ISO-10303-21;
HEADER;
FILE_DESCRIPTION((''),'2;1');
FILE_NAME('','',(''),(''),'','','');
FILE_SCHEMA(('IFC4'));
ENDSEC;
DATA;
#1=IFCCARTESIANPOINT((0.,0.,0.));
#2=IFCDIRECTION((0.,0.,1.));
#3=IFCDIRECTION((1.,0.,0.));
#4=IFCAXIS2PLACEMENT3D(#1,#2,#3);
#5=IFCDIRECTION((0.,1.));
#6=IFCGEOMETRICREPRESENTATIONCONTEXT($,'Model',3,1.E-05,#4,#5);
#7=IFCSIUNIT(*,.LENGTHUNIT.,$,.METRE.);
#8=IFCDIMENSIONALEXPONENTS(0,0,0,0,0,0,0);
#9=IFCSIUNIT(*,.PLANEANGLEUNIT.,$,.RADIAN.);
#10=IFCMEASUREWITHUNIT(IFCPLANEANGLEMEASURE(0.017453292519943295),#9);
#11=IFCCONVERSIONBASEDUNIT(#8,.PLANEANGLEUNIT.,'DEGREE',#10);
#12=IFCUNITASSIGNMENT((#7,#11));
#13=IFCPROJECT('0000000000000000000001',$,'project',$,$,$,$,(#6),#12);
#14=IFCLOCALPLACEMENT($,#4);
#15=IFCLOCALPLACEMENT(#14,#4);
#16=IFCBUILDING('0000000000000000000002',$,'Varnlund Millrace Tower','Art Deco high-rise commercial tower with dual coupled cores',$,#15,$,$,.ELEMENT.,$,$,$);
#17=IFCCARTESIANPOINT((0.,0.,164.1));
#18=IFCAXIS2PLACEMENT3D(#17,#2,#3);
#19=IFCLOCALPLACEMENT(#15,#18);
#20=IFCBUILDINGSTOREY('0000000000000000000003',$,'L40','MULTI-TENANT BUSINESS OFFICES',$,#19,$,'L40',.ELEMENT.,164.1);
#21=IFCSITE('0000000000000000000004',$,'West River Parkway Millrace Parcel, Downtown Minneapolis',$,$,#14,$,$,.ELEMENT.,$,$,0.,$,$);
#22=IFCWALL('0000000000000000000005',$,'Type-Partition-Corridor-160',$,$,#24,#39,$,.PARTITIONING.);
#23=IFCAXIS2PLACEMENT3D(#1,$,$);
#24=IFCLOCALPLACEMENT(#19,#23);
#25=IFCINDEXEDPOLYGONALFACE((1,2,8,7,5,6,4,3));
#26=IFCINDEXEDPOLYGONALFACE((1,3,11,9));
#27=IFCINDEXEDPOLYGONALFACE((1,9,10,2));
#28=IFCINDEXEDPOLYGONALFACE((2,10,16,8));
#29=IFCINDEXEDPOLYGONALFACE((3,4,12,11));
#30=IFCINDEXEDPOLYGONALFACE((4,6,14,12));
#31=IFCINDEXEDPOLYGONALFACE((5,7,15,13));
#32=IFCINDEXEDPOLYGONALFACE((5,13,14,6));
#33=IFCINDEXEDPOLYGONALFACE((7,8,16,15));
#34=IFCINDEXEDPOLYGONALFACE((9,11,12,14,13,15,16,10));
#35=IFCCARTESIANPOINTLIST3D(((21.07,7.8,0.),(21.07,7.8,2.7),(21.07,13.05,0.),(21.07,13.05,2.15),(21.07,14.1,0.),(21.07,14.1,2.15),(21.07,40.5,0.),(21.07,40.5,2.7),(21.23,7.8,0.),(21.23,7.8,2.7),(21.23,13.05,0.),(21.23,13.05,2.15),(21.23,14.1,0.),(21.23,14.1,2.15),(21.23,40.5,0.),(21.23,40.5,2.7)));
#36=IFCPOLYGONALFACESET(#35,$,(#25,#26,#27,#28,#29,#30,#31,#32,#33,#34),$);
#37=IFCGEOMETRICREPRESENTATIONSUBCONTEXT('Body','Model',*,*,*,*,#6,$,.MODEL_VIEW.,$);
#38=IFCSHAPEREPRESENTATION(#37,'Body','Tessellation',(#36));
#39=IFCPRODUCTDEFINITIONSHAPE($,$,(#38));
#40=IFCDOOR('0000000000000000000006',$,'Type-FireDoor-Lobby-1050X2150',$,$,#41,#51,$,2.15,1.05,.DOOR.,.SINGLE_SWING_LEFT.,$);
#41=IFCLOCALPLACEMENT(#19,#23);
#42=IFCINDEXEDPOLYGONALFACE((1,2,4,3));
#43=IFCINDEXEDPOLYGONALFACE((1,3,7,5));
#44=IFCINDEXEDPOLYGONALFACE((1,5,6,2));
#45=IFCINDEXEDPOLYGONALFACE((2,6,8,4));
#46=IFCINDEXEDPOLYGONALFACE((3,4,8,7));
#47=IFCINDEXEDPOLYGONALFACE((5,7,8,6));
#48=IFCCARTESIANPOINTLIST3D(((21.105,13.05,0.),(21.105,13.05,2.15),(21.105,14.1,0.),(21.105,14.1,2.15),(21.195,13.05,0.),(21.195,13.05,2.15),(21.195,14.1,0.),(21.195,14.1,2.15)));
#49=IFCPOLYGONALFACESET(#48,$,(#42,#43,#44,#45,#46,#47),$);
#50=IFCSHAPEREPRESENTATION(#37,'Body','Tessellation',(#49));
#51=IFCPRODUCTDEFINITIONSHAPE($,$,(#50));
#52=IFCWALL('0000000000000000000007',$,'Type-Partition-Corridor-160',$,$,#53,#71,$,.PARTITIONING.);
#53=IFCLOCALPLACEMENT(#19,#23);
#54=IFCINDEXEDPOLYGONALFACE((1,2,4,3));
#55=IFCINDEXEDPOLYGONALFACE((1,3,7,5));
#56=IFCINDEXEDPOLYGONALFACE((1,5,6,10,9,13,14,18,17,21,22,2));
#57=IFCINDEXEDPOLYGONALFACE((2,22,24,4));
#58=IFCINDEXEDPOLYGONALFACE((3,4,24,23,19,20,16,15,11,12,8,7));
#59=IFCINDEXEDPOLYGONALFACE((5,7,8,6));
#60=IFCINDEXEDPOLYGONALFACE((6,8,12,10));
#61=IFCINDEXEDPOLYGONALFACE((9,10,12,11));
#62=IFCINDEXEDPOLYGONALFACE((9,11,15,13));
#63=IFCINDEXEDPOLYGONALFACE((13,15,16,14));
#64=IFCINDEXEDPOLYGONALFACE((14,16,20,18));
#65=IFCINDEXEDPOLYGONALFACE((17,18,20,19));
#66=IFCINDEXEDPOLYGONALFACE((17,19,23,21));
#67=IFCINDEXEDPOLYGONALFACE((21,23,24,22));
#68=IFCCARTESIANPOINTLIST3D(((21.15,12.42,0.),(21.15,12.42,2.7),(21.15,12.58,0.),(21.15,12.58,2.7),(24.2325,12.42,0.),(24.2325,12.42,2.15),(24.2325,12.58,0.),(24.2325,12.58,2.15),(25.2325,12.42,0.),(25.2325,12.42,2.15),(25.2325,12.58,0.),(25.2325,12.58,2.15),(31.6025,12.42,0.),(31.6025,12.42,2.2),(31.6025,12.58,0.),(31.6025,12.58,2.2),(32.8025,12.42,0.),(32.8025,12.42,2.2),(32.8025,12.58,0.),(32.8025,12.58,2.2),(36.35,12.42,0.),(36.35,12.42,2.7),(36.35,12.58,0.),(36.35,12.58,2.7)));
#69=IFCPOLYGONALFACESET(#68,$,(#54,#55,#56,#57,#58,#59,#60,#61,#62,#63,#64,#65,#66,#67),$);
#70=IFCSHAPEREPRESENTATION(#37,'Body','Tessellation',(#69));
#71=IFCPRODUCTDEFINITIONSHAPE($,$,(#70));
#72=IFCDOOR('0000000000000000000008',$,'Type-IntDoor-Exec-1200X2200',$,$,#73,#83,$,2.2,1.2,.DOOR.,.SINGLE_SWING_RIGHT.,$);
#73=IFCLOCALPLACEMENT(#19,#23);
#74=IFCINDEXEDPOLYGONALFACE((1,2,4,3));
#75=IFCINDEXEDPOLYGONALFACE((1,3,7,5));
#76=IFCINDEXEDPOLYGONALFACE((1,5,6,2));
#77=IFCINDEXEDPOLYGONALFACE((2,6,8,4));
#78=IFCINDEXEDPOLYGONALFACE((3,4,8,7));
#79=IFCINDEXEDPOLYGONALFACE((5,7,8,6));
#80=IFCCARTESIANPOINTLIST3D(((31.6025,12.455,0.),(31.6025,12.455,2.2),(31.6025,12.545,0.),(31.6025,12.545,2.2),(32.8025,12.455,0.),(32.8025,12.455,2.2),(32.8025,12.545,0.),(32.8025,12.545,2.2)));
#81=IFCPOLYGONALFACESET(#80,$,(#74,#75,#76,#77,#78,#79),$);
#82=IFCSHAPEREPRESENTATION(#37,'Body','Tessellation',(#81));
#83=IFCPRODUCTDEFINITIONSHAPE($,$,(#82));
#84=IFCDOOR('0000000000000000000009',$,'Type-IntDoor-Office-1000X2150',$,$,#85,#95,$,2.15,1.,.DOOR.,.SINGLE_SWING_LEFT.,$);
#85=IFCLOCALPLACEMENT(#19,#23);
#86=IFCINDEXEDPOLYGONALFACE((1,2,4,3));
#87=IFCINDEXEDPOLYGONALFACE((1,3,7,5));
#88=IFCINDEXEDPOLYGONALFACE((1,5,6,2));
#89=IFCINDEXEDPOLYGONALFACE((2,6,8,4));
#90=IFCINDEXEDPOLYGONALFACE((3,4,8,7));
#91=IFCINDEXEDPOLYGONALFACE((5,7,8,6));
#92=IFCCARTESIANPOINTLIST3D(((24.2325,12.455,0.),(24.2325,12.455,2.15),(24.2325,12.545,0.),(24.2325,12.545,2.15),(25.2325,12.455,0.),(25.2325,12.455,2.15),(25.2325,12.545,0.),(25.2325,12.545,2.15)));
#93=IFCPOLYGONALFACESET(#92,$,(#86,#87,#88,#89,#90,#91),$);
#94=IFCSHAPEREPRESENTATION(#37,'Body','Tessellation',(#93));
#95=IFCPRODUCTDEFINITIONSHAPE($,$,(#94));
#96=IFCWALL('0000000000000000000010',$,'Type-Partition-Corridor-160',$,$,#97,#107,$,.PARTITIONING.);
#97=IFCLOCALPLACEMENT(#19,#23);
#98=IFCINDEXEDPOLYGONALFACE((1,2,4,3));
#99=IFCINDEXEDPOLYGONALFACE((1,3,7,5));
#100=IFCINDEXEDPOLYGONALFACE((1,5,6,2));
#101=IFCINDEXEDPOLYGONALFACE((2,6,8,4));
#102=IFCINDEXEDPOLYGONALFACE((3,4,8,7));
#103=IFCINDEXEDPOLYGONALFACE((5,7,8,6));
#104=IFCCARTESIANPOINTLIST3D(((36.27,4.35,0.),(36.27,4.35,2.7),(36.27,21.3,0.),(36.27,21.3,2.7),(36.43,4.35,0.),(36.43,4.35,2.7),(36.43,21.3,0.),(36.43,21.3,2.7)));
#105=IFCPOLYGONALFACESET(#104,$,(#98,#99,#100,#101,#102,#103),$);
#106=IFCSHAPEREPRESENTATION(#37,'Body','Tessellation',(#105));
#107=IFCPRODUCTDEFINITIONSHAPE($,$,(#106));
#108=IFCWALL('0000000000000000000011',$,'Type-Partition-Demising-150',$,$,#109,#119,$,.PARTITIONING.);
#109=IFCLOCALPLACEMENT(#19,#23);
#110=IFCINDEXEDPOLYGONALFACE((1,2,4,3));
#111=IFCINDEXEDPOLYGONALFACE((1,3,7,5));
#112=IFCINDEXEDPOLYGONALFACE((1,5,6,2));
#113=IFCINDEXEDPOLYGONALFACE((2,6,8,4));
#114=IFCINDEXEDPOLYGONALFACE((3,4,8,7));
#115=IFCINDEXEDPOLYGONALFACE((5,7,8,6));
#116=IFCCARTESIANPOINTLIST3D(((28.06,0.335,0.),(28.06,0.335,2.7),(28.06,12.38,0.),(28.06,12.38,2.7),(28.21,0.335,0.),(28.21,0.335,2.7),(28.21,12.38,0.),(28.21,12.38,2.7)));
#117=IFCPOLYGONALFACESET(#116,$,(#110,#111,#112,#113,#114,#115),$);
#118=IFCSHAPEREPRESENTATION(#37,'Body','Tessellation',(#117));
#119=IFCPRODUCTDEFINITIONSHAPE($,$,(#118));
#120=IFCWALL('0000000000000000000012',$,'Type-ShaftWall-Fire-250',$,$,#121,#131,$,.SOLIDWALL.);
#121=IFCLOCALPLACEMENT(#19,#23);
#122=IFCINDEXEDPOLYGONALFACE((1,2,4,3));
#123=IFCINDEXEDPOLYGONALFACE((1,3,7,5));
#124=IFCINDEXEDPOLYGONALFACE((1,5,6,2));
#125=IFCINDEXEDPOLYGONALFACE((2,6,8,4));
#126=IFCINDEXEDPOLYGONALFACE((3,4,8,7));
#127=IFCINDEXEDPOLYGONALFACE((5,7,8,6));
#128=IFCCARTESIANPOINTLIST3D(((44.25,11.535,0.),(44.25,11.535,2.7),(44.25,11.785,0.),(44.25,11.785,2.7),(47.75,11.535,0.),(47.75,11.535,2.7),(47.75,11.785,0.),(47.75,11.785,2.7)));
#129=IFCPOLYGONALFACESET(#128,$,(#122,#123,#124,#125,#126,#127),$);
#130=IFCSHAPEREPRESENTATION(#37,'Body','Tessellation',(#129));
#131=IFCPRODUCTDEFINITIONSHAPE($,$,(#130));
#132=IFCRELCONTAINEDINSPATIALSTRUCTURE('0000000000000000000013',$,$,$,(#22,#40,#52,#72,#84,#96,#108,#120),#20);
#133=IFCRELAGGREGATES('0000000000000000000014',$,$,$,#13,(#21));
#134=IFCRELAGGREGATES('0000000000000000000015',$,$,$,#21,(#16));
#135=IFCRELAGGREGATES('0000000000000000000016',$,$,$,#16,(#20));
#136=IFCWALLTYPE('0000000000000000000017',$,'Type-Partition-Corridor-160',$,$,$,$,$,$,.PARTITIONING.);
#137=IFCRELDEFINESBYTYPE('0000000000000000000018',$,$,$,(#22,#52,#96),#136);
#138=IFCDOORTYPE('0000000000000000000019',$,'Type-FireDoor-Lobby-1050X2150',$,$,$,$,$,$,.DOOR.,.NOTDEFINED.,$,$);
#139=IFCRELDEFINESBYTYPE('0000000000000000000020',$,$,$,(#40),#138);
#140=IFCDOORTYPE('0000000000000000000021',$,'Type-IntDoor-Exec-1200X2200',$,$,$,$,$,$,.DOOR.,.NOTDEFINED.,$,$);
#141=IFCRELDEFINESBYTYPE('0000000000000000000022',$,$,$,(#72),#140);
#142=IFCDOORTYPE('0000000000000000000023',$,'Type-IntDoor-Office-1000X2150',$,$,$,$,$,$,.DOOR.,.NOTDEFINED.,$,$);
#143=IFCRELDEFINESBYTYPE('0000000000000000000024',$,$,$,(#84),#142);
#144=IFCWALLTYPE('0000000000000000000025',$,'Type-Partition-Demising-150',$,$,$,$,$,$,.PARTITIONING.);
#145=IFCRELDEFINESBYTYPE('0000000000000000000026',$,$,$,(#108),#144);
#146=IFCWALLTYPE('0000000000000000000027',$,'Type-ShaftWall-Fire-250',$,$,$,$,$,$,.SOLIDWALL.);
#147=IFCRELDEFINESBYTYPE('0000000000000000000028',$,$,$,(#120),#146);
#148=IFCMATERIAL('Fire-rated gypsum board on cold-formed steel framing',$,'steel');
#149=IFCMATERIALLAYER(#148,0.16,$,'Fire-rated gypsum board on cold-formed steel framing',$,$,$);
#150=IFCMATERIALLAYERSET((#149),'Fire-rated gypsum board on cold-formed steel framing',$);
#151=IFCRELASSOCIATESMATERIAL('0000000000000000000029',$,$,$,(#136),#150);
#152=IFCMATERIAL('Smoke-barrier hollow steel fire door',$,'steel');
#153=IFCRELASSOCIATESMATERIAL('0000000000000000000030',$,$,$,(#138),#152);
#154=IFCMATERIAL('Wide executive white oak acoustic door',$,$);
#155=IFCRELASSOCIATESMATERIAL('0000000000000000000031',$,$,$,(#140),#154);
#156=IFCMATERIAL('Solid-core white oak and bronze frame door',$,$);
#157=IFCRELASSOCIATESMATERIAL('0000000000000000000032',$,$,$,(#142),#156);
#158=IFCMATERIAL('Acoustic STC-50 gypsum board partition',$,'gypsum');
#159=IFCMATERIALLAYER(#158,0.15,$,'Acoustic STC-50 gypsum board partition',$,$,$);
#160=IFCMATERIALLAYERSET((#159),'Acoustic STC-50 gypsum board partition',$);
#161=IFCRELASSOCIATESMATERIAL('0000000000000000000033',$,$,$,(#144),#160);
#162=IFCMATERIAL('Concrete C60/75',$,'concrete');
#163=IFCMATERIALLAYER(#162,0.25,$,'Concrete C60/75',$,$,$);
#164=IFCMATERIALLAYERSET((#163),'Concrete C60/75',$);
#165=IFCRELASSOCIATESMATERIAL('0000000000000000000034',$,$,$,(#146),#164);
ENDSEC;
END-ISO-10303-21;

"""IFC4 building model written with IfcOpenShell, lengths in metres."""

from ifc_helpers import new_model, entity, si_unit, converted_unit, direction, frame, origin_with_axes, origin_2d_with_axis, place, context, subcontext, project, spatial, polyline, rectangle, outline, extrude, material, layer, layer_set, type_object, element, fill, save


model = new_model("IFC4")

# Units and contexts
model_context = context("Model", 3, precision=1e-05, world=origin_with_axes(), true_north=direction((0.0, 1.0)))
body_context = subcontext(model_context, "Body", "Model", "MODEL_VIEW")
ifc_project = project(units=[si_unit("LENGTHUNIT", "METRE"), converted_unit("PLANEANGLEUNIT", "DEGREE", entity("IfcPlaneAngleMeasure", 0.017453292519943295), si_unit("PLANEANGLEUNIT", "RADIAN"), dimensions=[0, 0, 0, 0, 0, 0, 0])], contexts=[model_context])

# Site, building, storey
site_placement = place(None, origin_with_axes())
site = spatial("IfcSite", under=ifc_project, at=site_placement, Name="West River Parkway Millrace Parcel, Downtown Minneapolis", CompositionType="ELEMENT", RefElevation=0.0)
building_placement = place(site_placement, origin_with_axes())
building = spatial("IfcBuilding", under=site, at=building_placement, Name="Varnlund Millrace Tower", Description="Art Deco high-rise commercial tower with dual coupled cores", CompositionType="ELEMENT")
storey_placement = place(building_placement, frame((0.0, 0.0, 164.1), z_axis=(0.0, 0.0, 1.0), x_axis=(1.0, 0.0, 0.0)))
storey = spatial("IfcBuildingStorey", under=building, at=storey_placement, Name="L40", Description="MULTI-TENANT BUSINESS OFFICES", LongName="L40", CompositionType="ELEMENT", Elevation=164.1)

# Wall, opening, door
ifc_material_1 = material(Name="Fire-rated gypsum board on cold-formed steel framing", Category="steel")
ifc_layer_1 = layer(ifc_material_1, 0.16, Name="Fire-rated gypsum board on cold-formed steel framing")
ifc_layer_set_1 = layer_set([ifc_layer_1], Name="Fire-rated gypsum board on cold-formed steel framing")
wall_type_1 = type_object("IfcWallType", Name="Type-Partition-Corridor-160", PredefinedType="PARTITIONING", material=ifc_layer_set_1)
wall_1_placement = place(storey_placement, frame((21.15, 7.8, 0.0), z_axis=(0.0, 0.0, 1.0), x_axis=(0.0, 1.0, 0.0)))
wall_1 = element("IfcWall", 1, at=wall_1_placement, inside=storey, type_object=wall_type_1, Name="Type-Partition-Corridor-160", PredefinedType="PARTITIONING", context=body_context, shape_type="SweptSolid", body=[
    extrude(outline(polyline([(0.0, -0.08), (32.7, -0.08), (32.7, 0.08), (0.0, 0.08), (0.0, -0.08)])), origin_with_axes(), (0.0, 0.0, 1.0), 2.7),
])
opening_1_placement = place(wall_1_placement, frame((5.775, 0.0, 0.0), z_axis=(0.0, 0.0, 1.0), x_axis=(1.0, 0.0, 0.0)))
opening_1 = element("IfcOpeningElement", 2, at=opening_1_placement, cuts=wall_1, PredefinedType="OPENING", context=body_context, shape_type="SweptSolid", body=[
    extrude(rectangle(XDim=1.05, YDim=0.18, at=origin_2d_with_axis()), origin_with_axes(), (0.0, 0.0, 1.0), 2.15),
])
ifc_material_2 = material(Name="Smoke-barrier hollow steel fire door", Category="steel")
door_type_1 = type_object("IfcDoorType", Name="Type-FireDoor-Lobby-1050X2150", OperationType="NOTDEFINED", PredefinedType="DOOR", material=ifc_material_2)
door_1_placement = place(wall_1_placement, frame((5.775, 0.0, 0.0), z_axis=(0.0, 0.0, 1.0), x_axis=(1.0, 0.0, 0.0)))
door_1 = element("IfcDoor", 3, at=door_1_placement, inside=storey, type_object=door_type_1, Name="Type-FireDoor-Lobby-1050X2150", OperationType="SINGLE_SWING_LEFT", OverallHeight=2.15, OverallWidth=1.05, PredefinedType="DOOR", context=body_context, shape_type="SweptSolid", body=[
    extrude(rectangle(XDim=1.05, YDim=0.09, at=origin_2d_with_axis()), origin_with_axes(), (0.0, 0.0, 1.0), 2.15),
])
fill(opening_1, door_1)

# Wall, openings, doors
wall_2_placement = place(storey_placement, frame((21.15, 12.5, 0.0), z_axis=(0.0, 0.0, 1.0), x_axis=(1.0, 0.0, 0.0)))
wall_2 = element("IfcWall", 4, at=wall_2_placement, inside=storey, type_object=wall_type_1, Name="Type-Partition-Corridor-160", PredefinedType="PARTITIONING", context=body_context, shape_type="SweptSolid", body=[
    extrude(outline(polyline([(0.0, -0.08), (15.2, -0.08), (15.2, 0.08), (0.0, 0.08), (0.0, -0.08)])), origin_with_axes(), (0.0, 0.0, 1.0), 2.7),
])
opening_2_placement = place(wall_2_placement, frame((3.5825, 0.0, 0.0), z_axis=(0.0, 0.0, 1.0), x_axis=(1.0, 0.0, 0.0)))
opening_2 = element("IfcOpeningElement", 5, at=opening_2_placement, cuts=wall_2, PredefinedType="OPENING", context=body_context, shape_type="SweptSolid", body=[
    extrude(rectangle(XDim=1.0, YDim=0.18, at=origin_2d_with_axis()), origin_with_axes(), (0.0, 0.0, 1.0), 2.15),
])
opening_3_placement = place(wall_2_placement, frame((11.0525, 0.0, 0.0), z_axis=(0.0, 0.0, 1.0), x_axis=(1.0, 0.0, 0.0)))
opening_3 = element("IfcOpeningElement", 6, at=opening_3_placement, cuts=wall_2, PredefinedType="OPENING", context=body_context, shape_type="SweptSolid", body=[
    extrude(rectangle(XDim=1.2, YDim=0.18, at=origin_2d_with_axis()), origin_with_axes(), (0.0, 0.0, 1.0), 2.2),
])
ifc_material_3 = material(Name="Wide executive white oak acoustic door")
door_type_2 = type_object("IfcDoorType", Name="Type-IntDoor-Exec-1200X2200", OperationType="NOTDEFINED", PredefinedType="DOOR", material=ifc_material_3)
door_2_placement = place(wall_2_placement, frame((11.0525, 0.0, 0.0), z_axis=(0.0, 0.0, 1.0), x_axis=(1.0, 0.0, 0.0)))
door_2 = element("IfcDoor", 7, at=door_2_placement, inside=storey, type_object=door_type_2, Name="Type-IntDoor-Exec-1200X2200", OperationType="SINGLE_SWING_RIGHT", OverallHeight=2.2, OverallWidth=1.2, PredefinedType="DOOR", context=body_context, shape_type="SweptSolid", body=[
    extrude(rectangle(XDim=1.2, YDim=0.09, at=origin_2d_with_axis()), origin_with_axes(), (0.0, 0.0, 1.0), 2.2),
])
fill(opening_3, door_2)
ifc_material_4 = material(Name="Solid-core white oak and bronze frame door")
door_type_3 = type_object("IfcDoorType", Name="Type-IntDoor-Office-1000X2150", OperationType="NOTDEFINED", PredefinedType="DOOR", material=ifc_material_4)
door_3_placement = place(wall_2_placement, frame((3.5825, 0.0, 0.0), z_axis=(0.0, 0.0, 1.0), x_axis=(1.0, 0.0, 0.0)))
door_3 = element("IfcDoor", 8, at=door_3_placement, inside=storey, type_object=door_type_3, Name="Type-IntDoor-Office-1000X2150", OperationType="SINGLE_SWING_LEFT", OverallHeight=2.15, OverallWidth=1.0, PredefinedType="DOOR", context=body_context, shape_type="SweptSolid", body=[
    extrude(rectangle(XDim=1.0, YDim=0.09, at=origin_2d_with_axis()), origin_with_axes(), (0.0, 0.0, 1.0), 2.15),
])
fill(opening_2, door_3)

# Walls
wall_3_placement = place(storey_placement, frame((36.35, 4.35, 0.0), z_axis=(0.0, 0.0, 1.0), x_axis=(0.0, 1.0, 0.0)))
element("IfcWall", 9, at=wall_3_placement, inside=storey, type_object=wall_type_1, Name="Type-Partition-Corridor-160", PredefinedType="PARTITIONING", context=body_context, shape_type="SweptSolid", body=[
    extrude(outline(polyline([(0.0, -0.08), (16.95, -0.08), (16.95, 0.08), (0.0, 0.08), (0.0, -0.08)])), origin_with_axes(), (0.0, 0.0, 1.0), 2.7),
])
ifc_material_5 = material(Name="Acoustic STC-50 gypsum board partition", Category="gypsum")
ifc_layer_2 = layer(ifc_material_5, 0.15, Name="Acoustic STC-50 gypsum board partition")
ifc_layer_set_2 = layer_set([ifc_layer_2], Name="Acoustic STC-50 gypsum board partition")
wall_type_2 = type_object("IfcWallType", Name="Type-Partition-Demising-150", PredefinedType="PARTITIONING", material=ifc_layer_set_2)
wall_4_placement = place(storey_placement, frame((28.135, 0.335, 0.0), z_axis=(0.0, 0.0, 1.0), x_axis=(0.0, 1.0, 0.0)))
element("IfcWall", 10, at=wall_4_placement, inside=storey, type_object=wall_type_2, Name="Type-Partition-Demising-150", PredefinedType="PARTITIONING", context=body_context, shape_type="SweptSolid", body=[
    extrude(outline(polyline([(0.0, -0.075), (12.045, -0.075), (12.045, 0.075), (0.0, 0.075), (0.0, -0.075)])), origin_with_axes(), (0.0, 0.0, 1.0), 2.7),
])
ifc_material_6 = material(Name="Concrete C60/75", Category="concrete")
ifc_layer_3 = layer(ifc_material_6, 0.25, Name="Concrete C60/75")
ifc_layer_set_3 = layer_set([ifc_layer_3], Name="Concrete C60/75")
wall_type_3 = type_object("IfcWallType", Name="Type-ShaftWall-Fire-250", PredefinedType="SOLIDWALL", material=ifc_layer_set_3)
wall_5_placement = place(storey_placement, frame((44.25, 11.66, 0.0), z_axis=(0.0, 0.0, 1.0), x_axis=(1.0, 0.0, 0.0)))
element("IfcWall", 11, at=wall_5_placement, inside=storey, type_object=wall_type_3, Name="Type-ShaftWall-Fire-250", PredefinedType="SOLIDWALL", context=body_context, shape_type="SweptSolid", body=[
    extrude(outline(polyline([(0.0, -0.125), (3.5, -0.125), (3.5, 0.125), (0.0, 0.125), (0.0, -0.125)])), origin_with_axes(), (0.0, 0.0, 1.0), 2.7),
])

save(model, "model.ifc")
